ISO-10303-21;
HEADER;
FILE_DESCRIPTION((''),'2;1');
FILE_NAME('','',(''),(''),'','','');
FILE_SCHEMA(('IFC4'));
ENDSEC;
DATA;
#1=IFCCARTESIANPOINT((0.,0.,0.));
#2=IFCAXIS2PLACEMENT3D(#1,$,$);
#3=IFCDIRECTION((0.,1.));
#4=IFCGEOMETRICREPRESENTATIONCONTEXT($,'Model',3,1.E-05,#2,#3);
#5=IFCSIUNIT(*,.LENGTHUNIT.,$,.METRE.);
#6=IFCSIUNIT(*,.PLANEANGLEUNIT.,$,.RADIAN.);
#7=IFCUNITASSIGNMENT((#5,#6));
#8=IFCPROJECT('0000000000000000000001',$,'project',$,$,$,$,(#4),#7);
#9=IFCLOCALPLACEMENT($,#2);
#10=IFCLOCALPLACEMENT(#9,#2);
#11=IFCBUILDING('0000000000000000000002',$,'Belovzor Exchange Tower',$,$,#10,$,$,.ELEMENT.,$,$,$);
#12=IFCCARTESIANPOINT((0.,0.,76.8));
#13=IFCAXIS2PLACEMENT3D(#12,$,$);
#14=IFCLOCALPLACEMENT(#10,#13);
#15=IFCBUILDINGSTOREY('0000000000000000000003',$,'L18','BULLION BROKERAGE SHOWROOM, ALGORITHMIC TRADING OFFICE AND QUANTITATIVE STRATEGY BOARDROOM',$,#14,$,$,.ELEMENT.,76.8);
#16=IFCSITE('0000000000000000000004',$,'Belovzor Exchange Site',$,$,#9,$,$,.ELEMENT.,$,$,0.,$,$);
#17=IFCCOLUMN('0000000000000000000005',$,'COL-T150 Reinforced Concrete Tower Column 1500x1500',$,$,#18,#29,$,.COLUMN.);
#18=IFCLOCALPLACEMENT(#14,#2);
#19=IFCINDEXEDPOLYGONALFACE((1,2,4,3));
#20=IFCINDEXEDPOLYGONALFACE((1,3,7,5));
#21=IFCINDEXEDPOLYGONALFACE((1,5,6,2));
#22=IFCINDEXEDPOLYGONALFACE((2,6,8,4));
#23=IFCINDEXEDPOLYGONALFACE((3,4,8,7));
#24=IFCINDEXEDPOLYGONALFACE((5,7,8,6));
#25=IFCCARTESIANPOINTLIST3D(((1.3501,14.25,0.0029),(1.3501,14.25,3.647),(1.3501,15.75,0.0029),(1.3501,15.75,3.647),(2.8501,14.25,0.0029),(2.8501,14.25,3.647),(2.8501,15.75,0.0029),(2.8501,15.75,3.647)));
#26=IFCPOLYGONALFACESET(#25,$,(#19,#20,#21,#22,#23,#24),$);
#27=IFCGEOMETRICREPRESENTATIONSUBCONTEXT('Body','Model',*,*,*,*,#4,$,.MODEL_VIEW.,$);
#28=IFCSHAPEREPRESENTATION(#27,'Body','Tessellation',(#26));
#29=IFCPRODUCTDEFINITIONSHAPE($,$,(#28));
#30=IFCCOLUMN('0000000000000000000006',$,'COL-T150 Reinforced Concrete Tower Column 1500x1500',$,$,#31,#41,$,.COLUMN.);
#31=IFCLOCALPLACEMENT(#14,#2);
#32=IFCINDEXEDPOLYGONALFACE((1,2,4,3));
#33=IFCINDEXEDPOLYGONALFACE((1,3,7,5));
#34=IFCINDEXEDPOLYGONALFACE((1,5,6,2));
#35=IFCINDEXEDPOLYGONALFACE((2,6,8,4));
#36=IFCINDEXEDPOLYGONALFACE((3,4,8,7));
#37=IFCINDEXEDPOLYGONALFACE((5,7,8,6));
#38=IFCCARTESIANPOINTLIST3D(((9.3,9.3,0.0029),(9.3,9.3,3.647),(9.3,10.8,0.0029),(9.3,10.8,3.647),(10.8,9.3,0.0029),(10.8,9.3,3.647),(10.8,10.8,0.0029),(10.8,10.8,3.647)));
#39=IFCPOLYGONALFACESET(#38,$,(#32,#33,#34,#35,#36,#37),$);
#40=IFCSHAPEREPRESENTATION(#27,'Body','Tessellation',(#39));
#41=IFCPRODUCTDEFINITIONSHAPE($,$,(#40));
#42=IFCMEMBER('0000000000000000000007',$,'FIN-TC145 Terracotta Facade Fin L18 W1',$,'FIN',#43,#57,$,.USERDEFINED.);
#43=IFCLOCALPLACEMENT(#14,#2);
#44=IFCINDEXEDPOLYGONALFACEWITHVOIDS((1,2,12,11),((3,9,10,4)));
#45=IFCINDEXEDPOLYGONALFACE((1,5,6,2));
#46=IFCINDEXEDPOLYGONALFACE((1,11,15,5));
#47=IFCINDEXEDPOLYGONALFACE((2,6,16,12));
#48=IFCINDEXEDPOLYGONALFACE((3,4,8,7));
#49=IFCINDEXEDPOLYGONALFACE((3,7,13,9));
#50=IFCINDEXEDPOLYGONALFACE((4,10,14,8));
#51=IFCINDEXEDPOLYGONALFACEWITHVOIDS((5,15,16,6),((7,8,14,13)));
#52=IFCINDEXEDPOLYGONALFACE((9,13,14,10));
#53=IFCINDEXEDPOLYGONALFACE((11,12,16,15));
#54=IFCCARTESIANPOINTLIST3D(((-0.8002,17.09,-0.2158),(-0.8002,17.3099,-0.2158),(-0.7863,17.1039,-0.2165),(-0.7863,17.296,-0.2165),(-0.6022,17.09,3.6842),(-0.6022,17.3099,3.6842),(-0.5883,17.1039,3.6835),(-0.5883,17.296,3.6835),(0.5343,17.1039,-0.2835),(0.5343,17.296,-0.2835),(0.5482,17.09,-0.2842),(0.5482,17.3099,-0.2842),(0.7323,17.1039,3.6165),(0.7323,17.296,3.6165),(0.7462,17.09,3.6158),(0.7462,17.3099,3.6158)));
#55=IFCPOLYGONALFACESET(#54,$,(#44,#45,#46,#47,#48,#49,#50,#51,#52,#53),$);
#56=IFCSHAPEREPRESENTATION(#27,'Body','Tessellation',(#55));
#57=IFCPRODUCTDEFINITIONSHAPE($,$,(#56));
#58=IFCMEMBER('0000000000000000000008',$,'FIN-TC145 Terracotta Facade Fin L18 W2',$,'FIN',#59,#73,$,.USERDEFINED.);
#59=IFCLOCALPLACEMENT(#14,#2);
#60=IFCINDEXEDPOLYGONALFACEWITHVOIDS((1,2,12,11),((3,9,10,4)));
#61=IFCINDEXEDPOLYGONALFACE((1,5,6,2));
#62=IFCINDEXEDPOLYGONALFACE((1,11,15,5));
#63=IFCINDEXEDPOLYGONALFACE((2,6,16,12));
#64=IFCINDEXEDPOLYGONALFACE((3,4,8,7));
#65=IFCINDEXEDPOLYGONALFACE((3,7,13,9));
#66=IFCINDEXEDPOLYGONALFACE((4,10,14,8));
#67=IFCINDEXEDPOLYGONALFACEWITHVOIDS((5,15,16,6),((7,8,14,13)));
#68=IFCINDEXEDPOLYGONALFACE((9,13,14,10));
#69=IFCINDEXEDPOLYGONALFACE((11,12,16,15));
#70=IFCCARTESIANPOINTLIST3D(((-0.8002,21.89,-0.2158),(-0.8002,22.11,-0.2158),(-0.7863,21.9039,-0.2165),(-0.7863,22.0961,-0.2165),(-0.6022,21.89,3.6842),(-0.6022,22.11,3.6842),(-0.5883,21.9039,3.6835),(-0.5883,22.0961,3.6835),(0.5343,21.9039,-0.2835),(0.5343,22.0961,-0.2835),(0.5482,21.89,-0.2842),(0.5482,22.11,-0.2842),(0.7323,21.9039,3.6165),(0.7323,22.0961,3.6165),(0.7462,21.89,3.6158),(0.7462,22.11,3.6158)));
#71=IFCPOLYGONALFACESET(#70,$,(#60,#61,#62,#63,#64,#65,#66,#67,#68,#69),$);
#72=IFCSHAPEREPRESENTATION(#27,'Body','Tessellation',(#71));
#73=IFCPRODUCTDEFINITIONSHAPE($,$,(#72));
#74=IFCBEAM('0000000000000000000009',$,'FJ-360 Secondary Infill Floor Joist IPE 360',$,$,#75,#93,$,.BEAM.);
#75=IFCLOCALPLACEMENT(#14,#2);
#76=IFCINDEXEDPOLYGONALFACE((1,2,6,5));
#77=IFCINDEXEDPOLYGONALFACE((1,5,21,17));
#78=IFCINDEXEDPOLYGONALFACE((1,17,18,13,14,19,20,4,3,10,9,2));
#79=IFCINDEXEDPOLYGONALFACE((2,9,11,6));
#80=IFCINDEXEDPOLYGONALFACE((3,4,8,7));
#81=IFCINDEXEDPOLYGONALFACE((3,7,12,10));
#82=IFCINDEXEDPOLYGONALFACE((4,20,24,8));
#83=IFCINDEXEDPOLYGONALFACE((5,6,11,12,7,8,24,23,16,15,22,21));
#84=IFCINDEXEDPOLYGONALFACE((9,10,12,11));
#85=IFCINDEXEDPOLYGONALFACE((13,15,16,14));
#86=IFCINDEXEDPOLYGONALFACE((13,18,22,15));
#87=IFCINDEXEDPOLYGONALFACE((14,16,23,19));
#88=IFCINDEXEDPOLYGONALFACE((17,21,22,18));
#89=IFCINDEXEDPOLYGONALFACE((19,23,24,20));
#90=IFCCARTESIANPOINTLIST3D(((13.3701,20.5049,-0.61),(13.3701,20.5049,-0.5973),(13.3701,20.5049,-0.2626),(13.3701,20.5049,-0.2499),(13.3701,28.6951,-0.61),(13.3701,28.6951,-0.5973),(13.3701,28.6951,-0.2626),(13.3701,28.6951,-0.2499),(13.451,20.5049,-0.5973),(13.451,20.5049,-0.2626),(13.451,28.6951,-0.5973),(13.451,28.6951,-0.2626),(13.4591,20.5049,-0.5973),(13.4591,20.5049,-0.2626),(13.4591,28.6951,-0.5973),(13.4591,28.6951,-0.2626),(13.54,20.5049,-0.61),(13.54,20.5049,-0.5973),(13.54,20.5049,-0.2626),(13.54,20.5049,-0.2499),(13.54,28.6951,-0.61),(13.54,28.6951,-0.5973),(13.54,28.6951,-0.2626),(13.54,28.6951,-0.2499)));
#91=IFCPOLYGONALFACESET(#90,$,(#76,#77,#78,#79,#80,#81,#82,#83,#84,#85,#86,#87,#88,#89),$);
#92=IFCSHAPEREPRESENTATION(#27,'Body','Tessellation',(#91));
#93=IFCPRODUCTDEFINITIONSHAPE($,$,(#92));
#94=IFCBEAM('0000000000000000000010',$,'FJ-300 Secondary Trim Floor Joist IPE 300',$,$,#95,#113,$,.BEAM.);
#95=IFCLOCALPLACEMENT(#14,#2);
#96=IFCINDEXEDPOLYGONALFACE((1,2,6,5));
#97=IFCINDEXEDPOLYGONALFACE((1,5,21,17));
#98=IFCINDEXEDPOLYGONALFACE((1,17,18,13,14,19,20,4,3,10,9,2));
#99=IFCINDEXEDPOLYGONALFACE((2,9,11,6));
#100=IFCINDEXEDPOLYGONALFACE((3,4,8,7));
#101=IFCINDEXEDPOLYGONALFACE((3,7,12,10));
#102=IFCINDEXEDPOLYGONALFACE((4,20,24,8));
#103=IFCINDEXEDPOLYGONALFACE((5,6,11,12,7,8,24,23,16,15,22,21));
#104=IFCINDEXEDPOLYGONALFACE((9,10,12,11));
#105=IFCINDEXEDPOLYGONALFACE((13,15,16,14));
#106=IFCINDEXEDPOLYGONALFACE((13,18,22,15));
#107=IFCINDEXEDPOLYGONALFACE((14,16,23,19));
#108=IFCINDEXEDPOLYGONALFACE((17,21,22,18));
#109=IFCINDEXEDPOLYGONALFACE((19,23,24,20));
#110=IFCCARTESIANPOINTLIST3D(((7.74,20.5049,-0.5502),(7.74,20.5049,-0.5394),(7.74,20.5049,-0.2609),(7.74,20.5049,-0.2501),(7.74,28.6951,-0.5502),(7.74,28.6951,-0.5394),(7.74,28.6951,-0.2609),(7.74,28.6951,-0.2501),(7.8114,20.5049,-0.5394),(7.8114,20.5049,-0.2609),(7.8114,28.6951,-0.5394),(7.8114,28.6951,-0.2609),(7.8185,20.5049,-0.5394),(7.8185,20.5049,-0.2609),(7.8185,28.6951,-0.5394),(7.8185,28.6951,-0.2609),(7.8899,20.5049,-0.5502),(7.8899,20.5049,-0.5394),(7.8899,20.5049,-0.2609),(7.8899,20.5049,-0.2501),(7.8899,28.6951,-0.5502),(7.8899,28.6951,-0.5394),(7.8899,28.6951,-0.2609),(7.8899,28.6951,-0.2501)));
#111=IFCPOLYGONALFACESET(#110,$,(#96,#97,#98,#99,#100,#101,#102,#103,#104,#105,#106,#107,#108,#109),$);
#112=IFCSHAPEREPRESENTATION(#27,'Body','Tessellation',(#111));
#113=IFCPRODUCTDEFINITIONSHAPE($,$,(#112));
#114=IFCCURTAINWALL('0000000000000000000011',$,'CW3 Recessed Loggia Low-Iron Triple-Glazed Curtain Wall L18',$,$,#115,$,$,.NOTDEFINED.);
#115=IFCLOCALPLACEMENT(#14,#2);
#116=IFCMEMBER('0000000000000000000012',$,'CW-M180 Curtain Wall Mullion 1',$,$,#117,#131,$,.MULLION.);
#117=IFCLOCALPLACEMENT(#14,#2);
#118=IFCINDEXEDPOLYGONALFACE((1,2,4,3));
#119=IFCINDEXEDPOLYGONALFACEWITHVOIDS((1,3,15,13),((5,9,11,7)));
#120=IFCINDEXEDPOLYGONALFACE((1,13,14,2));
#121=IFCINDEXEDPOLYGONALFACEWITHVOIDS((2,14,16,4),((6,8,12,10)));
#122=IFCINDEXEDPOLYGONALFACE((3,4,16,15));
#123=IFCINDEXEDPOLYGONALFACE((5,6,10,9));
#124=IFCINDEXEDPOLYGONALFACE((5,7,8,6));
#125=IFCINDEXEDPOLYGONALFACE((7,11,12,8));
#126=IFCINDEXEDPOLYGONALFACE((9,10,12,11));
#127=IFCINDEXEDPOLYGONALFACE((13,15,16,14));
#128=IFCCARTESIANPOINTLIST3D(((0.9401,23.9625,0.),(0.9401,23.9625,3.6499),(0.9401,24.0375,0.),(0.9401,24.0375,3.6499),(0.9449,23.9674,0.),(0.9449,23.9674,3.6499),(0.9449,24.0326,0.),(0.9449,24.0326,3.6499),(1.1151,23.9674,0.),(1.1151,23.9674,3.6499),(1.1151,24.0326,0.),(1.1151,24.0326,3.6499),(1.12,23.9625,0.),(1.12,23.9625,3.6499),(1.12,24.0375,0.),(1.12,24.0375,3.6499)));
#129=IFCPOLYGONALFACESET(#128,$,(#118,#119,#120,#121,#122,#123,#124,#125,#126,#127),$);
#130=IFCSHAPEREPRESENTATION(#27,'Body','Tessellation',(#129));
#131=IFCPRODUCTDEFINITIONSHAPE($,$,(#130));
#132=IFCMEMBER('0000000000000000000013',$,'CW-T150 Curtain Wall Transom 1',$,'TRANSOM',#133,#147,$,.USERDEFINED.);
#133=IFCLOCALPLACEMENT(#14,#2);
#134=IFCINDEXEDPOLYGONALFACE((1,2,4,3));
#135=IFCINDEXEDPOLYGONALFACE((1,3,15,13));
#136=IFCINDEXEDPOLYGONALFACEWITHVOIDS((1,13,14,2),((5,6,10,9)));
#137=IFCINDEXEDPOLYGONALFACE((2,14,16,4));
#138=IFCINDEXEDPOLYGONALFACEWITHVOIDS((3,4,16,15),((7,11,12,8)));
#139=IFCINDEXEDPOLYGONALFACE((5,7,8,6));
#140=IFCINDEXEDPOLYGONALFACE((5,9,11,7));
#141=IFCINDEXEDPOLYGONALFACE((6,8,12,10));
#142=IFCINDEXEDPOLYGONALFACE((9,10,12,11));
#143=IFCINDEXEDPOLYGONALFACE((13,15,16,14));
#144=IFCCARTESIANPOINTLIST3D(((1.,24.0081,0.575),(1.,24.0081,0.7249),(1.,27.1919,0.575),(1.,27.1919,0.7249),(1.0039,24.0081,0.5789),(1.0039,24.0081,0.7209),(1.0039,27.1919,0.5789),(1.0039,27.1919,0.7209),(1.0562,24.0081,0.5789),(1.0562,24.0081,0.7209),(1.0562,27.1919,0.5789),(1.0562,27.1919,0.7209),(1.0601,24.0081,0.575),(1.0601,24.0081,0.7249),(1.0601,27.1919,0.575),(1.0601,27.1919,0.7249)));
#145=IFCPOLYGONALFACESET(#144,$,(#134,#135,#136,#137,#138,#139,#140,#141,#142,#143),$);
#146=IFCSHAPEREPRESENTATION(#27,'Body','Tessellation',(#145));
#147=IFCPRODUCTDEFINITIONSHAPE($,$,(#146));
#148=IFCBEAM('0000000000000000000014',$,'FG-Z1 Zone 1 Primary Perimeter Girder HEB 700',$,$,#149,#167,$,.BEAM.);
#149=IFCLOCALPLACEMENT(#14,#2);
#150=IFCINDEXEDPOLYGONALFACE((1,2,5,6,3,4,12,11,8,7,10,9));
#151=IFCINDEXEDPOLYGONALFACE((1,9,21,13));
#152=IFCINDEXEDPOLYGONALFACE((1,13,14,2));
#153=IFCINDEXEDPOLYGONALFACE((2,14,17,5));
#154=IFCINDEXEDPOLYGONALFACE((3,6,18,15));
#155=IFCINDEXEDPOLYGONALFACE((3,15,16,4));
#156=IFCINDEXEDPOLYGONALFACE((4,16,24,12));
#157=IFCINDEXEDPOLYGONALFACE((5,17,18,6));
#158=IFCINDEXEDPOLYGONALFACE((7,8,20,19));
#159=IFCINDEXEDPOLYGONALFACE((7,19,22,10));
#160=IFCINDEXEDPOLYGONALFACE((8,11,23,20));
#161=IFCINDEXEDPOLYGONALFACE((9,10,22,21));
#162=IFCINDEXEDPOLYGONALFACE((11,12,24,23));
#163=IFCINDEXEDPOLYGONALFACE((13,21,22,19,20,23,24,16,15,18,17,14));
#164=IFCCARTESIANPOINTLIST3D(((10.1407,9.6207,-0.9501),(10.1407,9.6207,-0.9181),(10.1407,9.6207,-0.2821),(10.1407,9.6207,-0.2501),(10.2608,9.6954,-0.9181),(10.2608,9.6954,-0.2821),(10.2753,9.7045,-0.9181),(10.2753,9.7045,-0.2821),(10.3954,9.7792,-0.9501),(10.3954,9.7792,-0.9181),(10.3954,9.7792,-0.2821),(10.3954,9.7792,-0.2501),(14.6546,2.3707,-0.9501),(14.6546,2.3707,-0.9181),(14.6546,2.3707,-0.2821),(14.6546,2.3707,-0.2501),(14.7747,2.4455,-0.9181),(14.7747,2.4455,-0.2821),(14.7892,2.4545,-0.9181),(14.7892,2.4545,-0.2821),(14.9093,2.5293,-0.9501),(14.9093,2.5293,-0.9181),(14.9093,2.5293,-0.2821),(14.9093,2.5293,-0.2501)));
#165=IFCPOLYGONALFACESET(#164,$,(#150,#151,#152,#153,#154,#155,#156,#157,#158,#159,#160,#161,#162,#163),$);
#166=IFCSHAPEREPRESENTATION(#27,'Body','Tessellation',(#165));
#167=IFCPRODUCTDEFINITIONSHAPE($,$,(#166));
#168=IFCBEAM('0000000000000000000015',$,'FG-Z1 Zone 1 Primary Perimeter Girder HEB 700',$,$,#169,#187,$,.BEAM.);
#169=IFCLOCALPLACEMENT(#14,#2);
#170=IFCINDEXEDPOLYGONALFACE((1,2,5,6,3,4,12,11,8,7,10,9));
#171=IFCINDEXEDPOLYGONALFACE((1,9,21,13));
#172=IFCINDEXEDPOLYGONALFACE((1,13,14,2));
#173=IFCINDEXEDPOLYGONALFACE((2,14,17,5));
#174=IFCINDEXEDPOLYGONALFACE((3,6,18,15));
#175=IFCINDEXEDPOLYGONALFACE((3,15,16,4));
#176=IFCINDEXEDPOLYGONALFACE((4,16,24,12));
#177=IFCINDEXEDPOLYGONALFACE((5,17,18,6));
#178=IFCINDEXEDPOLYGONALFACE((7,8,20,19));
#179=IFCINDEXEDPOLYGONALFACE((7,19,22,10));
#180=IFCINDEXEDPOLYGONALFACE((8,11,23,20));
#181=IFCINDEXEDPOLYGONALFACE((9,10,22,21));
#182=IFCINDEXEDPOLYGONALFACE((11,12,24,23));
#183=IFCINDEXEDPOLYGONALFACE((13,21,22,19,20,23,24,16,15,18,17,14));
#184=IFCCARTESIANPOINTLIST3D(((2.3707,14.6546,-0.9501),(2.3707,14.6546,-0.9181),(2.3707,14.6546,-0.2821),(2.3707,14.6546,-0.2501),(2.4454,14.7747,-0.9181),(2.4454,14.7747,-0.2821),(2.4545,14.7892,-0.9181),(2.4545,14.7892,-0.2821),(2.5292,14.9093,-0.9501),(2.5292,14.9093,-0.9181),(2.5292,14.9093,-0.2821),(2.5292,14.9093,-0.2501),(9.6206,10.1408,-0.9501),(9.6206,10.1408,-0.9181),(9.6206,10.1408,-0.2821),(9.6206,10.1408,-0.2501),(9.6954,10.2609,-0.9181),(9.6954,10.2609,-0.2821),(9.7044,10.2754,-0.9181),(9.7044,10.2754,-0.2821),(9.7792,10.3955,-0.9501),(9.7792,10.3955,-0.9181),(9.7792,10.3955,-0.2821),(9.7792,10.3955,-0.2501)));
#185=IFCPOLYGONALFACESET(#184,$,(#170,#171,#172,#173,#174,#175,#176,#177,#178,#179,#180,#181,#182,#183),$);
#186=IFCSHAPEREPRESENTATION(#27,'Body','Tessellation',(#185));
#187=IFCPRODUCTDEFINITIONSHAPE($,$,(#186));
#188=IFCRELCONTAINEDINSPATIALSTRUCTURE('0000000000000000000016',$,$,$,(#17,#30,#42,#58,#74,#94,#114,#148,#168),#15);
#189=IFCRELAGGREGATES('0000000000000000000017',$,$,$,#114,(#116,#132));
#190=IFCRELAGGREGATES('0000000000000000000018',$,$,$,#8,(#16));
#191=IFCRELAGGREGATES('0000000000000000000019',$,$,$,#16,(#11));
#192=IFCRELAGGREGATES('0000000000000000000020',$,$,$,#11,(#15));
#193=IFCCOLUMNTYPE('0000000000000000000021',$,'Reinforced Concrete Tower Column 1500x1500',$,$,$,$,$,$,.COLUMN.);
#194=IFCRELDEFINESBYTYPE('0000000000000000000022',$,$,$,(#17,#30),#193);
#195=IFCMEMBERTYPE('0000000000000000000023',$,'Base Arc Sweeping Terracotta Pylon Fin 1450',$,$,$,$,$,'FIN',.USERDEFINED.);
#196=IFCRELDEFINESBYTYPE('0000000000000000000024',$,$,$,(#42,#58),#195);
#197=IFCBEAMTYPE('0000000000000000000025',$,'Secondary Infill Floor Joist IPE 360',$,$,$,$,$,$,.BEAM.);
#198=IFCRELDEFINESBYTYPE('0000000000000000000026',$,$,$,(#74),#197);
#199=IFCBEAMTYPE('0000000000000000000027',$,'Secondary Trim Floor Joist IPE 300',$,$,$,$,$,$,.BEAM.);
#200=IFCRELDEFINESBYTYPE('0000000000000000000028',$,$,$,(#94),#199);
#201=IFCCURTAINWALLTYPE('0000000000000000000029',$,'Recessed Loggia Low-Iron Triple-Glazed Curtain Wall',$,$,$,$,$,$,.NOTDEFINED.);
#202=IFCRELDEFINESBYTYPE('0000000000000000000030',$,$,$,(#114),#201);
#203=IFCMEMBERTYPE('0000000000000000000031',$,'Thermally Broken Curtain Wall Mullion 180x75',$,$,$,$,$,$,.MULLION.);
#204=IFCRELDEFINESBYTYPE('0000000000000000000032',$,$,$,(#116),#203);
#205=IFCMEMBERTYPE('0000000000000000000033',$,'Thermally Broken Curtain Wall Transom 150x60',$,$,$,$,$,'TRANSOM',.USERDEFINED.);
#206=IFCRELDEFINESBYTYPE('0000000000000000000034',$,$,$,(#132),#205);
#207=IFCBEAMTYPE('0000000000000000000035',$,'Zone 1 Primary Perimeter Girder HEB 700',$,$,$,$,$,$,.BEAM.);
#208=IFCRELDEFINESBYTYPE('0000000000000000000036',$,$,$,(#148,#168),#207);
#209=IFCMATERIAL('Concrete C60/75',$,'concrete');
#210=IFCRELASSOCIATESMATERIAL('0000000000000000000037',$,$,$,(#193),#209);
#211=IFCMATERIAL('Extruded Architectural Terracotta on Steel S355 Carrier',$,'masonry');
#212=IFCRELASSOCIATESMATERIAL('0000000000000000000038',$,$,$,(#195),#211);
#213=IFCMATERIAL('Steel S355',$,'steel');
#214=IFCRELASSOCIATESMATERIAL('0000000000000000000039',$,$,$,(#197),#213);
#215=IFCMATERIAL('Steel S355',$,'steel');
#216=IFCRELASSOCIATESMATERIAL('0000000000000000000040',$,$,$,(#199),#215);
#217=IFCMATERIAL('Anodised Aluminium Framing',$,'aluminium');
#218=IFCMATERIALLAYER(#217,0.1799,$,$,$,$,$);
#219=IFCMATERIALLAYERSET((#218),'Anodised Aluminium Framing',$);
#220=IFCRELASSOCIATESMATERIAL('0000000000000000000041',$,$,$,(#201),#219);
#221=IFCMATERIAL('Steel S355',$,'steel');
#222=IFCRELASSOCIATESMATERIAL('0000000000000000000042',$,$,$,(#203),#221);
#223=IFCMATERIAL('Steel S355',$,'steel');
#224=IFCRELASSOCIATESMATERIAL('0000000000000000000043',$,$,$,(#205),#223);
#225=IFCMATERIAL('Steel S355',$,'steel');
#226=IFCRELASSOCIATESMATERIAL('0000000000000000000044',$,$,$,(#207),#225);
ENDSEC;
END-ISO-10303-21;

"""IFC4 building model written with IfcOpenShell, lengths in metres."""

from ifc_helpers import new_model, si_unit, direction, frame, origin, origin_2d, place, context, subcontext, project, spatial, rectangle, hollow_rectangle, i_section, extrude, material, layer, layer_set, material_profile, profile_set, type_object, element, aggregate, save


model = new_model("IFC4")

# Units and contexts
model_context = context("Model", 3, precision=1e-05, world=origin(), true_north=direction((0.0, 1.0)))
body_context = subcontext(model_context, "Body", "Model", "MODEL_VIEW")
ifc_project = project(units=[si_unit("LENGTHUNIT", "METRE"), si_unit("PLANEANGLEUNIT", "RADIAN")], contexts=[model_context])

# Site, building, storey
site_placement = place(None, origin())
site = spatial("IfcSite", under=ifc_project, at=site_placement, Name="Belovzor Exchange Site", CompositionType="ELEMENT", RefElevation=0.0)
building_placement = place(site_placement, origin())
building = spatial("IfcBuilding", under=site, at=building_placement, Name="Belovzor Exchange Tower", CompositionType="ELEMENT")
storey_placement = place(building_placement, frame((0.0, 0.0, 76.8)))
storey = spatial("IfcBuildingStorey", under=building, at=storey_placement, Name="L18", Description="BULLION BROKERAGE SHOWROOM, ALGORITHMIC TRADING OFFICE AND QUANTITATIVE STRATEGY BOARDROOM", CompositionType="ELEMENT", Elevation=76.8)

# Columns
ifc_material_1 = material(Name="Concrete C60/75", Category="concrete")
ifc_material_profile_1 = material_profile(ifc_material_1, rectangle(XDim=1.5, YDim=1.5, at=origin_2d()))
ifc_profile_set_1 = profile_set([ifc_material_profile_1], Name="Concrete C60/75")
column_type = type_object("IfcColumnType", Name="Reinforced Concrete Tower Column 1500x1500", PredefinedType="COLUMN", material=ifc_profile_set_1)
for number, where, z_axis, x_axis, name in (
    (1, (2.1001, 15.0, 0.0029), (0.0, 0.0, 1.0), (1.0, 0.0, 0.0), "COL-T150 Reinforced Concrete Tower Column 1500x1500"),
    (2, (10.05, 10.05, 0.0029), (0.0, 0.0, 1.0), (1.0, 0.0, 0.0), "COL-T150 Reinforced Concrete Tower Column 1500x1500"),
):
    element("IfcColumn", number, at=place(storey_placement, frame(where, z_axis=z_axis, x_axis=x_axis)), inside=storey, type_object=column_type, Name=name, PredefinedType="COLUMN", context=body_context, shape_type="SweptSolid", body=[
        extrude(rectangle(XDim=1.5, YDim=1.5, at=origin_2d()), origin(), (0.0, 0.0, 1.0), 3.644),
    ])

# Members
ifc_material_2 = material(Name="Extruded Architectural Terracotta on Steel S355 Carrier", Category="masonry")
ifc_material_profile_2 = material_profile(ifc_material_2, hollow_rectangle(XDim=0.22, YDim=1.3501, WallThickness=0.0139, at=origin_2d()))
ifc_profile_set_2 = profile_set([ifc_material_profile_2], Name="Extruded Architectural Terracotta on Steel S355 Carrier")
member_type_1 = type_object("IfcMemberType", Name="Base Arc Sweeping Terracotta Pylon Fin 1450", ElementType="FIN", PredefinedType="USERDEFINED", material=ifc_profile_set_2)
for number, where, z_axis, x_axis, name in (
    (3, (-0.126, 17.2, -0.25), (0.050705, 0.0, 0.998714), (0.0, 1.0, 0.0), "FIN-TC145 Terracotta Facade Fin L18 W1"),
    (4, (-0.126, 22.0, -0.25), (0.050705, 0.0, 0.998714), (0.0, 1.0, 0.0), "FIN-TC145 Terracotta Facade Fin L18 W2"),
):
    element("IfcMember", number, at=place(storey_placement, frame(where, z_axis=z_axis, x_axis=x_axis)), inside=storey, type_object=member_type_1, Name=name, ObjectType="FIN", PredefinedType="USERDEFINED", context=body_context, shape_type="SweptSolid", body=[
        extrude(hollow_rectangle(XDim=0.22, YDim=1.3501, WallThickness=0.0139, at=origin_2d()), origin(), (0.0, 0.0, 1.0), 3.905),
    ])

# Beams
ifc_material_3 = material(Name="Steel S355", Category="steel")
ifc_material_profile_3 = material_profile(ifc_material_3, i_section(OverallWidth=0.1699, OverallDepth=0.3601, WebThickness=0.0081, FlangeThickness=0.0127, at=origin_2d()))
ifc_profile_set_3 = profile_set([ifc_material_profile_3], Name="Steel S355")
beam_type_1 = type_object("IfcBeamType", Name="Secondary Infill Floor Joist IPE 360", PredefinedType="BEAM", material=ifc_profile_set_3)
beam_1_placement = place(storey_placement, frame((13.4551, 20.5049, -0.4299), z_axis=(0.0, 1.0, 0.0), x_axis=(-1.0, 0.0, 0.0)))
element("IfcBeam", 5, at=beam_1_placement, inside=storey, type_object=beam_type_1, Name="FJ-360 Secondary Infill Floor Joist IPE 360", PredefinedType="BEAM", context=body_context, shape_type="SweptSolid", body=[
    extrude(i_section(OverallWidth=0.1699, OverallDepth=0.3601, WebThickness=0.0081, FlangeThickness=0.0127, at=origin_2d()), origin(), (0.0, 0.0, 1.0), 8.1902),
])
ifc_material_4 = material(Name="Steel S355", Category="steel")
ifc_material_profile_4 = material_profile(ifc_material_4, i_section(OverallWidth=0.1499, OverallDepth=0.3, WebThickness=0.0071, FlangeThickness=0.0107, at=origin_2d()))
ifc_profile_set_4 = profile_set([ifc_material_profile_4], Name="Steel S355")
beam_type_2 = type_object("IfcBeamType", Name="Secondary Trim Floor Joist IPE 300", PredefinedType="BEAM", material=ifc_profile_set_4)
beam_2_placement = place(storey_placement, frame((7.8149, 20.5049, -0.4001), z_axis=(0.0, 1.0, 0.0), x_axis=(-1.0, 0.0, 0.0)))
element("IfcBeam", 6, at=beam_2_placement, inside=storey, type_object=beam_type_2, Name="FJ-300 Secondary Trim Floor Joist IPE 300", PredefinedType="BEAM", context=body_context, shape_type="SweptSolid", body=[
    extrude(i_section(OverallWidth=0.1499, OverallDepth=0.3, WebThickness=0.0071, FlangeThickness=0.0107, at=origin_2d()), origin(), (0.0, 0.0, 1.0), 8.1902),
])

# Curtain wall, members
ifc_material_5 = material(Name="Anodised Aluminium Framing", Category="aluminium")
ifc_layer_1 = layer(ifc_material_5, 0.1799)
ifc_layer_set_1 = layer_set([ifc_layer_1], Name="Anodised Aluminium Framing")
curtain_wall_type = type_object("IfcCurtainWallType", Name="Recessed Loggia Low-Iron Triple-Glazed Curtain Wall", PredefinedType="NOTDEFINED", material=ifc_layer_set_1)
curtain_wall_placement = place(storey_placement, origin())
curtain_wall = element("IfcCurtainWall", 7, at=curtain_wall_placement, inside=storey, type_object=curtain_wall_type, Name="CW3 Recessed Loggia Low-Iron Triple-Glazed Curtain Wall L18", PredefinedType="NOTDEFINED")
ifc_material_6 = material(Name="Steel S355", Category="steel")
ifc_material_profile_5 = material_profile(ifc_material_6, hollow_rectangle(XDim=0.075, YDim=0.1799, WallThickness=0.0049, at=origin_2d()))
ifc_profile_set_5 = profile_set([ifc_material_profile_5], Name="Steel S355")
member_type_2 = type_object("IfcMemberType", Name="Thermally Broken Curtain Wall Mullion 180x75", PredefinedType="MULLION", material=ifc_profile_set_5)
member_1_placement = place(storey_placement, frame((1.03, 24.0, 0.0), z_axis=(0.0, 0.0, 1.0), x_axis=(0.0, 1.0, 0.0)))
member_1 = element("IfcMember", 8, at=member_1_placement, type_object=member_type_2, Name="CW-M180 Curtain Wall Mullion 1", PredefinedType="MULLION", context=body_context, shape_type="SweptSolid", body=[
    extrude(hollow_rectangle(XDim=0.075, YDim=0.1799, WallThickness=0.0049, at=origin_2d()), origin(), (0.0, 0.0, 1.0), 3.6499),
])
ifc_material_7 = material(Name="Steel S355", Category="steel")
ifc_material_profile_6 = material_profile(ifc_material_7, hollow_rectangle(XDim=0.0601, YDim=0.1499, WallThickness=0.0039, at=origin_2d()))
ifc_profile_set_6 = profile_set([ifc_material_profile_6], Name="Steel S355")
member_type_3 = type_object("IfcMemberType", Name="Thermally Broken Curtain Wall Transom 150x60", ElementType="TRANSOM", PredefinedType="USERDEFINED", material=ifc_profile_set_6)
member_2_placement = place(storey_placement, frame((1.03, 24.0081, 0.6499), z_axis=(0.0, 1.0, 0.0), x_axis=(-1.0, 0.0, 0.0)))
member_2 = element("IfcMember", 9, at=member_2_placement, type_object=member_type_3, Name="CW-T150 Curtain Wall Transom 1", ObjectType="TRANSOM", PredefinedType="USERDEFINED", context=body_context, shape_type="SweptSolid", body=[
    extrude(hollow_rectangle(XDim=0.0601, YDim=0.1499, WallThickness=0.0039, at=origin_2d()), origin(), (0.0, 0.0, 1.0), 3.1838),
])
aggregate(curtain_wall, [member_1, member_2])

# Beams
ifc_material_8 = material(Name="Steel S355", Category="steel")
ifc_material_profile_7 = material_profile(ifc_material_8, i_section(OverallWidth=0.3, OverallDepth=0.7, WebThickness=0.0171, FlangeThickness=0.032, at=origin_2d()))
ifc_profile_set_7 = profile_set([ifc_material_profile_7], Name="Steel S355")
beam_type_3 = type_object("IfcBeamType", Name="Zone 1 Primary Perimeter Girder HEB 700", PredefinedType="BEAM", material=ifc_profile_set_7)
for number, where, z_axis, x_axis, name in (
    (10, (10.2681, 9.7, -0.6001), (0.528539, -0.848909, 0.0), (0.848909, 0.528539, 0.0), "FG-Z1 Zone 1 Primary Perimeter Girder HEB 700"),
    (11, (2.45, 14.782, -0.6001), (0.848909, -0.528539, 0.0), (0.528539, 0.848909, 0.0), "FG-Z1 Zone 1 Primary Perimeter Girder HEB 700"),
):
    element("IfcBeam", number, at=place(storey_placement, frame(where, z_axis=z_axis, x_axis=x_axis)), inside=storey, type_object=beam_type_3, Name=name, PredefinedType="BEAM", context=body_context, shape_type="SweptSolid", body=[
        extrude(i_section(OverallWidth=0.3, OverallDepth=0.7, WebThickness=0.0171, FlangeThickness=0.032, at=origin_2d()), origin(), (0.0, 0.0, 1.0), 8.5403),
    ])

save(model, "model.ifc")
